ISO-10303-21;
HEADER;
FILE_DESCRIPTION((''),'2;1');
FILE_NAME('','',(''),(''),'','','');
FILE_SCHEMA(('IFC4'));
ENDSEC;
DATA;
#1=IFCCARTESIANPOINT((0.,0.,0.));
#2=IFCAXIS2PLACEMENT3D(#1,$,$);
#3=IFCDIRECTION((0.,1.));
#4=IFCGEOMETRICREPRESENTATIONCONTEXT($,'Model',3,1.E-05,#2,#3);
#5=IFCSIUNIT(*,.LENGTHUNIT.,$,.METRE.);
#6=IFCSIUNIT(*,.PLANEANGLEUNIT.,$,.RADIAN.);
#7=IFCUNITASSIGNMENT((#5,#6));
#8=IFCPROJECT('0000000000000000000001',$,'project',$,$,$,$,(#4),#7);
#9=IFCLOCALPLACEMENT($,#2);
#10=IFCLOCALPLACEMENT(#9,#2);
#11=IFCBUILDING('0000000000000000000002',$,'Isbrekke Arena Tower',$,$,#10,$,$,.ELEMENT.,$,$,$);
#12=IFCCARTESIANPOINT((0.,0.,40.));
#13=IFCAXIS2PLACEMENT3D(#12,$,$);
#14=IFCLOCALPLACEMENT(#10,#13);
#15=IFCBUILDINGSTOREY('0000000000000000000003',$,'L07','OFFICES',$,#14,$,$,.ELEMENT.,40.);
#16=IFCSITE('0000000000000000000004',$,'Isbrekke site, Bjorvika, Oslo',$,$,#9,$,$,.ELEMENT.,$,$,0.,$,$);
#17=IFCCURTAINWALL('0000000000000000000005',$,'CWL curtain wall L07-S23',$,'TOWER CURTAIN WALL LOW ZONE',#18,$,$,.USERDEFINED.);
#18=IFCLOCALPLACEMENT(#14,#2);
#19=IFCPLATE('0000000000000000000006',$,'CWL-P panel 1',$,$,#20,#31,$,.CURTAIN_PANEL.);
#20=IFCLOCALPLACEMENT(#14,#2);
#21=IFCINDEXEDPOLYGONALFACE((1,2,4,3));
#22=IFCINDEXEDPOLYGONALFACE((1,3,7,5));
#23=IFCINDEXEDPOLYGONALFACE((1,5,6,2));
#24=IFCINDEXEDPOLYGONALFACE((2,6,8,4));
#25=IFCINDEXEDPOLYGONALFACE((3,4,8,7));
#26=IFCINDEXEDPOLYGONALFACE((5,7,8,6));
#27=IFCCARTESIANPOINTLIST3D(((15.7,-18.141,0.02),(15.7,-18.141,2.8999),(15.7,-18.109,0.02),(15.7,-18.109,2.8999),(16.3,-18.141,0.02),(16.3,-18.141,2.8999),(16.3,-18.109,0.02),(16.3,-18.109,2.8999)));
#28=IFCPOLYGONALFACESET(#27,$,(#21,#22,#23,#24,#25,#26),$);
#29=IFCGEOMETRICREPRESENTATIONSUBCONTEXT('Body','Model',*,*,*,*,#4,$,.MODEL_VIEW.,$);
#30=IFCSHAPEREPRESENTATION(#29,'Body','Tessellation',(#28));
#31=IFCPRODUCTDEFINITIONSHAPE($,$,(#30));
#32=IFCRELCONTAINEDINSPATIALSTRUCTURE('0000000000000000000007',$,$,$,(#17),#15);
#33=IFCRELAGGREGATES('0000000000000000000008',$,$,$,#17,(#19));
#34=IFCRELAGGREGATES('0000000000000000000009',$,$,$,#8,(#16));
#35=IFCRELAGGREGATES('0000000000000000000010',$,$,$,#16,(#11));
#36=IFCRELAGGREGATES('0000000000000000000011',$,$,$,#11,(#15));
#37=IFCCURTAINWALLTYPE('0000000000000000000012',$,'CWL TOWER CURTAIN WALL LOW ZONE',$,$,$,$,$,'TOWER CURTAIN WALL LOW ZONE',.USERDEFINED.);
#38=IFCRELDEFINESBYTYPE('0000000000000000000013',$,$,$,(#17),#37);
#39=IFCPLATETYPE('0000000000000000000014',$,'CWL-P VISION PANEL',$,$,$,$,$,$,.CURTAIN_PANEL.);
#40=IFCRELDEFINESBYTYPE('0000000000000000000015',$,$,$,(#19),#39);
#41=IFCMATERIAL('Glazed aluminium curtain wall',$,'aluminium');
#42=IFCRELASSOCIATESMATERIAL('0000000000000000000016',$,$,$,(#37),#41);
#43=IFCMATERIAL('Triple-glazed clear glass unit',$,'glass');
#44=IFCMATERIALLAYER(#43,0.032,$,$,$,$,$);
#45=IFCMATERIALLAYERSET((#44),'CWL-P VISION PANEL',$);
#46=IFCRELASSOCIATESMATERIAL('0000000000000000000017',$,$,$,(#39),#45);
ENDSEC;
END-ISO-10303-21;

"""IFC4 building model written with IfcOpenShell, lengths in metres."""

from ifc_helpers import new_model, si_unit, direction, frame, origin, origin_2d, place, context, subcontext, project, spatial, rectangle, extrude, material, layer, layer_set, type_object, element, aggregate, save


model = new_model("IFC4")

# Units and contexts
model_context = context("Model", 3, precision=1e-05, world=origin(), true_north=direction((0.0, 1.0)))
body_context = subcontext(model_context, "Body", "Model", "MODEL_VIEW")
ifc_project = project(units=[si_unit("LENGTHUNIT", "METRE"), si_unit("PLANEANGLEUNIT", "RADIAN")], contexts=[model_context])

# Site, building, storey
site_placement = place(None, origin())
site = spatial("IfcSite", under=ifc_project, at=site_placement, Name="Isbrekke site, Bjorvika, Oslo", CompositionType="ELEMENT", RefElevation=0.0)
building_placement = place(site_placement, origin())
building = spatial("IfcBuilding", under=site, at=building_placement, Name="Isbrekke Arena Tower", CompositionType="ELEMENT")
storey_placement = place(building_placement, frame((0.0, 0.0, 40.0)))
storey = spatial("IfcBuildingStorey", under=building, at=storey_placement, Name="L07", Description="OFFICES", CompositionType="ELEMENT", Elevation=40.0)

# Shared definitions
ifc_material_1 = material(Name="Glazed aluminium curtain wall", Category="aluminium")
curtain_wall_type = type_object("IfcCurtainWallType", Name="CWL TOWER CURTAIN WALL LOW ZONE", ElementType="TOWER CURTAIN WALL LOW ZONE", PredefinedType="USERDEFINED", material=ifc_material_1)

# Curtain wall
curtain_wall_1_placement = place(storey_placement, origin())
curtain_wall_1 = element("IfcCurtainWall", 1, at=curtain_wall_1_placement, inside=storey, type_object=curtain_wall_type, Name="CWL curtain wall L07-S23", ObjectType="TOWER CURTAIN WALL LOW ZONE", PredefinedType="USERDEFINED")

# Plate
ifc_material_2 = material(Name="Triple-glazed clear glass unit", Category="glass")
ifc_layer = layer(ifc_material_2, 0.032)
ifc_layer_set = layer_set([ifc_layer], Name="CWL-P VISION PANEL")
plate_type = type_object("IfcPlateType", Name="CWL-P VISION PANEL", PredefinedType="CURTAIN_PANEL", material=ifc_layer_set)
plate_1_placement = place(storey_placement, frame((16.0, -18.125, 0.02), z_axis=(0.0, 0.0, 1.0), x_axis=(1.0, 0.0, 0.0)))
plate_1 = element("IfcPlate", 2, at=plate_1_placement, type_object=plate_type, Name="CWL-P panel 1", PredefinedType="CURTAIN_PANEL", context=body_context, shape_type="SweptSolid", body=[
    extrude(rectangle(XDim=0.6001, YDim=0.032, at=origin_2d()), origin(), (0.0, 0.0, 1.0), 2.8799),
])
aggregate(curtain_wall_1, [plate_1])

save(model, "model.ifc")
